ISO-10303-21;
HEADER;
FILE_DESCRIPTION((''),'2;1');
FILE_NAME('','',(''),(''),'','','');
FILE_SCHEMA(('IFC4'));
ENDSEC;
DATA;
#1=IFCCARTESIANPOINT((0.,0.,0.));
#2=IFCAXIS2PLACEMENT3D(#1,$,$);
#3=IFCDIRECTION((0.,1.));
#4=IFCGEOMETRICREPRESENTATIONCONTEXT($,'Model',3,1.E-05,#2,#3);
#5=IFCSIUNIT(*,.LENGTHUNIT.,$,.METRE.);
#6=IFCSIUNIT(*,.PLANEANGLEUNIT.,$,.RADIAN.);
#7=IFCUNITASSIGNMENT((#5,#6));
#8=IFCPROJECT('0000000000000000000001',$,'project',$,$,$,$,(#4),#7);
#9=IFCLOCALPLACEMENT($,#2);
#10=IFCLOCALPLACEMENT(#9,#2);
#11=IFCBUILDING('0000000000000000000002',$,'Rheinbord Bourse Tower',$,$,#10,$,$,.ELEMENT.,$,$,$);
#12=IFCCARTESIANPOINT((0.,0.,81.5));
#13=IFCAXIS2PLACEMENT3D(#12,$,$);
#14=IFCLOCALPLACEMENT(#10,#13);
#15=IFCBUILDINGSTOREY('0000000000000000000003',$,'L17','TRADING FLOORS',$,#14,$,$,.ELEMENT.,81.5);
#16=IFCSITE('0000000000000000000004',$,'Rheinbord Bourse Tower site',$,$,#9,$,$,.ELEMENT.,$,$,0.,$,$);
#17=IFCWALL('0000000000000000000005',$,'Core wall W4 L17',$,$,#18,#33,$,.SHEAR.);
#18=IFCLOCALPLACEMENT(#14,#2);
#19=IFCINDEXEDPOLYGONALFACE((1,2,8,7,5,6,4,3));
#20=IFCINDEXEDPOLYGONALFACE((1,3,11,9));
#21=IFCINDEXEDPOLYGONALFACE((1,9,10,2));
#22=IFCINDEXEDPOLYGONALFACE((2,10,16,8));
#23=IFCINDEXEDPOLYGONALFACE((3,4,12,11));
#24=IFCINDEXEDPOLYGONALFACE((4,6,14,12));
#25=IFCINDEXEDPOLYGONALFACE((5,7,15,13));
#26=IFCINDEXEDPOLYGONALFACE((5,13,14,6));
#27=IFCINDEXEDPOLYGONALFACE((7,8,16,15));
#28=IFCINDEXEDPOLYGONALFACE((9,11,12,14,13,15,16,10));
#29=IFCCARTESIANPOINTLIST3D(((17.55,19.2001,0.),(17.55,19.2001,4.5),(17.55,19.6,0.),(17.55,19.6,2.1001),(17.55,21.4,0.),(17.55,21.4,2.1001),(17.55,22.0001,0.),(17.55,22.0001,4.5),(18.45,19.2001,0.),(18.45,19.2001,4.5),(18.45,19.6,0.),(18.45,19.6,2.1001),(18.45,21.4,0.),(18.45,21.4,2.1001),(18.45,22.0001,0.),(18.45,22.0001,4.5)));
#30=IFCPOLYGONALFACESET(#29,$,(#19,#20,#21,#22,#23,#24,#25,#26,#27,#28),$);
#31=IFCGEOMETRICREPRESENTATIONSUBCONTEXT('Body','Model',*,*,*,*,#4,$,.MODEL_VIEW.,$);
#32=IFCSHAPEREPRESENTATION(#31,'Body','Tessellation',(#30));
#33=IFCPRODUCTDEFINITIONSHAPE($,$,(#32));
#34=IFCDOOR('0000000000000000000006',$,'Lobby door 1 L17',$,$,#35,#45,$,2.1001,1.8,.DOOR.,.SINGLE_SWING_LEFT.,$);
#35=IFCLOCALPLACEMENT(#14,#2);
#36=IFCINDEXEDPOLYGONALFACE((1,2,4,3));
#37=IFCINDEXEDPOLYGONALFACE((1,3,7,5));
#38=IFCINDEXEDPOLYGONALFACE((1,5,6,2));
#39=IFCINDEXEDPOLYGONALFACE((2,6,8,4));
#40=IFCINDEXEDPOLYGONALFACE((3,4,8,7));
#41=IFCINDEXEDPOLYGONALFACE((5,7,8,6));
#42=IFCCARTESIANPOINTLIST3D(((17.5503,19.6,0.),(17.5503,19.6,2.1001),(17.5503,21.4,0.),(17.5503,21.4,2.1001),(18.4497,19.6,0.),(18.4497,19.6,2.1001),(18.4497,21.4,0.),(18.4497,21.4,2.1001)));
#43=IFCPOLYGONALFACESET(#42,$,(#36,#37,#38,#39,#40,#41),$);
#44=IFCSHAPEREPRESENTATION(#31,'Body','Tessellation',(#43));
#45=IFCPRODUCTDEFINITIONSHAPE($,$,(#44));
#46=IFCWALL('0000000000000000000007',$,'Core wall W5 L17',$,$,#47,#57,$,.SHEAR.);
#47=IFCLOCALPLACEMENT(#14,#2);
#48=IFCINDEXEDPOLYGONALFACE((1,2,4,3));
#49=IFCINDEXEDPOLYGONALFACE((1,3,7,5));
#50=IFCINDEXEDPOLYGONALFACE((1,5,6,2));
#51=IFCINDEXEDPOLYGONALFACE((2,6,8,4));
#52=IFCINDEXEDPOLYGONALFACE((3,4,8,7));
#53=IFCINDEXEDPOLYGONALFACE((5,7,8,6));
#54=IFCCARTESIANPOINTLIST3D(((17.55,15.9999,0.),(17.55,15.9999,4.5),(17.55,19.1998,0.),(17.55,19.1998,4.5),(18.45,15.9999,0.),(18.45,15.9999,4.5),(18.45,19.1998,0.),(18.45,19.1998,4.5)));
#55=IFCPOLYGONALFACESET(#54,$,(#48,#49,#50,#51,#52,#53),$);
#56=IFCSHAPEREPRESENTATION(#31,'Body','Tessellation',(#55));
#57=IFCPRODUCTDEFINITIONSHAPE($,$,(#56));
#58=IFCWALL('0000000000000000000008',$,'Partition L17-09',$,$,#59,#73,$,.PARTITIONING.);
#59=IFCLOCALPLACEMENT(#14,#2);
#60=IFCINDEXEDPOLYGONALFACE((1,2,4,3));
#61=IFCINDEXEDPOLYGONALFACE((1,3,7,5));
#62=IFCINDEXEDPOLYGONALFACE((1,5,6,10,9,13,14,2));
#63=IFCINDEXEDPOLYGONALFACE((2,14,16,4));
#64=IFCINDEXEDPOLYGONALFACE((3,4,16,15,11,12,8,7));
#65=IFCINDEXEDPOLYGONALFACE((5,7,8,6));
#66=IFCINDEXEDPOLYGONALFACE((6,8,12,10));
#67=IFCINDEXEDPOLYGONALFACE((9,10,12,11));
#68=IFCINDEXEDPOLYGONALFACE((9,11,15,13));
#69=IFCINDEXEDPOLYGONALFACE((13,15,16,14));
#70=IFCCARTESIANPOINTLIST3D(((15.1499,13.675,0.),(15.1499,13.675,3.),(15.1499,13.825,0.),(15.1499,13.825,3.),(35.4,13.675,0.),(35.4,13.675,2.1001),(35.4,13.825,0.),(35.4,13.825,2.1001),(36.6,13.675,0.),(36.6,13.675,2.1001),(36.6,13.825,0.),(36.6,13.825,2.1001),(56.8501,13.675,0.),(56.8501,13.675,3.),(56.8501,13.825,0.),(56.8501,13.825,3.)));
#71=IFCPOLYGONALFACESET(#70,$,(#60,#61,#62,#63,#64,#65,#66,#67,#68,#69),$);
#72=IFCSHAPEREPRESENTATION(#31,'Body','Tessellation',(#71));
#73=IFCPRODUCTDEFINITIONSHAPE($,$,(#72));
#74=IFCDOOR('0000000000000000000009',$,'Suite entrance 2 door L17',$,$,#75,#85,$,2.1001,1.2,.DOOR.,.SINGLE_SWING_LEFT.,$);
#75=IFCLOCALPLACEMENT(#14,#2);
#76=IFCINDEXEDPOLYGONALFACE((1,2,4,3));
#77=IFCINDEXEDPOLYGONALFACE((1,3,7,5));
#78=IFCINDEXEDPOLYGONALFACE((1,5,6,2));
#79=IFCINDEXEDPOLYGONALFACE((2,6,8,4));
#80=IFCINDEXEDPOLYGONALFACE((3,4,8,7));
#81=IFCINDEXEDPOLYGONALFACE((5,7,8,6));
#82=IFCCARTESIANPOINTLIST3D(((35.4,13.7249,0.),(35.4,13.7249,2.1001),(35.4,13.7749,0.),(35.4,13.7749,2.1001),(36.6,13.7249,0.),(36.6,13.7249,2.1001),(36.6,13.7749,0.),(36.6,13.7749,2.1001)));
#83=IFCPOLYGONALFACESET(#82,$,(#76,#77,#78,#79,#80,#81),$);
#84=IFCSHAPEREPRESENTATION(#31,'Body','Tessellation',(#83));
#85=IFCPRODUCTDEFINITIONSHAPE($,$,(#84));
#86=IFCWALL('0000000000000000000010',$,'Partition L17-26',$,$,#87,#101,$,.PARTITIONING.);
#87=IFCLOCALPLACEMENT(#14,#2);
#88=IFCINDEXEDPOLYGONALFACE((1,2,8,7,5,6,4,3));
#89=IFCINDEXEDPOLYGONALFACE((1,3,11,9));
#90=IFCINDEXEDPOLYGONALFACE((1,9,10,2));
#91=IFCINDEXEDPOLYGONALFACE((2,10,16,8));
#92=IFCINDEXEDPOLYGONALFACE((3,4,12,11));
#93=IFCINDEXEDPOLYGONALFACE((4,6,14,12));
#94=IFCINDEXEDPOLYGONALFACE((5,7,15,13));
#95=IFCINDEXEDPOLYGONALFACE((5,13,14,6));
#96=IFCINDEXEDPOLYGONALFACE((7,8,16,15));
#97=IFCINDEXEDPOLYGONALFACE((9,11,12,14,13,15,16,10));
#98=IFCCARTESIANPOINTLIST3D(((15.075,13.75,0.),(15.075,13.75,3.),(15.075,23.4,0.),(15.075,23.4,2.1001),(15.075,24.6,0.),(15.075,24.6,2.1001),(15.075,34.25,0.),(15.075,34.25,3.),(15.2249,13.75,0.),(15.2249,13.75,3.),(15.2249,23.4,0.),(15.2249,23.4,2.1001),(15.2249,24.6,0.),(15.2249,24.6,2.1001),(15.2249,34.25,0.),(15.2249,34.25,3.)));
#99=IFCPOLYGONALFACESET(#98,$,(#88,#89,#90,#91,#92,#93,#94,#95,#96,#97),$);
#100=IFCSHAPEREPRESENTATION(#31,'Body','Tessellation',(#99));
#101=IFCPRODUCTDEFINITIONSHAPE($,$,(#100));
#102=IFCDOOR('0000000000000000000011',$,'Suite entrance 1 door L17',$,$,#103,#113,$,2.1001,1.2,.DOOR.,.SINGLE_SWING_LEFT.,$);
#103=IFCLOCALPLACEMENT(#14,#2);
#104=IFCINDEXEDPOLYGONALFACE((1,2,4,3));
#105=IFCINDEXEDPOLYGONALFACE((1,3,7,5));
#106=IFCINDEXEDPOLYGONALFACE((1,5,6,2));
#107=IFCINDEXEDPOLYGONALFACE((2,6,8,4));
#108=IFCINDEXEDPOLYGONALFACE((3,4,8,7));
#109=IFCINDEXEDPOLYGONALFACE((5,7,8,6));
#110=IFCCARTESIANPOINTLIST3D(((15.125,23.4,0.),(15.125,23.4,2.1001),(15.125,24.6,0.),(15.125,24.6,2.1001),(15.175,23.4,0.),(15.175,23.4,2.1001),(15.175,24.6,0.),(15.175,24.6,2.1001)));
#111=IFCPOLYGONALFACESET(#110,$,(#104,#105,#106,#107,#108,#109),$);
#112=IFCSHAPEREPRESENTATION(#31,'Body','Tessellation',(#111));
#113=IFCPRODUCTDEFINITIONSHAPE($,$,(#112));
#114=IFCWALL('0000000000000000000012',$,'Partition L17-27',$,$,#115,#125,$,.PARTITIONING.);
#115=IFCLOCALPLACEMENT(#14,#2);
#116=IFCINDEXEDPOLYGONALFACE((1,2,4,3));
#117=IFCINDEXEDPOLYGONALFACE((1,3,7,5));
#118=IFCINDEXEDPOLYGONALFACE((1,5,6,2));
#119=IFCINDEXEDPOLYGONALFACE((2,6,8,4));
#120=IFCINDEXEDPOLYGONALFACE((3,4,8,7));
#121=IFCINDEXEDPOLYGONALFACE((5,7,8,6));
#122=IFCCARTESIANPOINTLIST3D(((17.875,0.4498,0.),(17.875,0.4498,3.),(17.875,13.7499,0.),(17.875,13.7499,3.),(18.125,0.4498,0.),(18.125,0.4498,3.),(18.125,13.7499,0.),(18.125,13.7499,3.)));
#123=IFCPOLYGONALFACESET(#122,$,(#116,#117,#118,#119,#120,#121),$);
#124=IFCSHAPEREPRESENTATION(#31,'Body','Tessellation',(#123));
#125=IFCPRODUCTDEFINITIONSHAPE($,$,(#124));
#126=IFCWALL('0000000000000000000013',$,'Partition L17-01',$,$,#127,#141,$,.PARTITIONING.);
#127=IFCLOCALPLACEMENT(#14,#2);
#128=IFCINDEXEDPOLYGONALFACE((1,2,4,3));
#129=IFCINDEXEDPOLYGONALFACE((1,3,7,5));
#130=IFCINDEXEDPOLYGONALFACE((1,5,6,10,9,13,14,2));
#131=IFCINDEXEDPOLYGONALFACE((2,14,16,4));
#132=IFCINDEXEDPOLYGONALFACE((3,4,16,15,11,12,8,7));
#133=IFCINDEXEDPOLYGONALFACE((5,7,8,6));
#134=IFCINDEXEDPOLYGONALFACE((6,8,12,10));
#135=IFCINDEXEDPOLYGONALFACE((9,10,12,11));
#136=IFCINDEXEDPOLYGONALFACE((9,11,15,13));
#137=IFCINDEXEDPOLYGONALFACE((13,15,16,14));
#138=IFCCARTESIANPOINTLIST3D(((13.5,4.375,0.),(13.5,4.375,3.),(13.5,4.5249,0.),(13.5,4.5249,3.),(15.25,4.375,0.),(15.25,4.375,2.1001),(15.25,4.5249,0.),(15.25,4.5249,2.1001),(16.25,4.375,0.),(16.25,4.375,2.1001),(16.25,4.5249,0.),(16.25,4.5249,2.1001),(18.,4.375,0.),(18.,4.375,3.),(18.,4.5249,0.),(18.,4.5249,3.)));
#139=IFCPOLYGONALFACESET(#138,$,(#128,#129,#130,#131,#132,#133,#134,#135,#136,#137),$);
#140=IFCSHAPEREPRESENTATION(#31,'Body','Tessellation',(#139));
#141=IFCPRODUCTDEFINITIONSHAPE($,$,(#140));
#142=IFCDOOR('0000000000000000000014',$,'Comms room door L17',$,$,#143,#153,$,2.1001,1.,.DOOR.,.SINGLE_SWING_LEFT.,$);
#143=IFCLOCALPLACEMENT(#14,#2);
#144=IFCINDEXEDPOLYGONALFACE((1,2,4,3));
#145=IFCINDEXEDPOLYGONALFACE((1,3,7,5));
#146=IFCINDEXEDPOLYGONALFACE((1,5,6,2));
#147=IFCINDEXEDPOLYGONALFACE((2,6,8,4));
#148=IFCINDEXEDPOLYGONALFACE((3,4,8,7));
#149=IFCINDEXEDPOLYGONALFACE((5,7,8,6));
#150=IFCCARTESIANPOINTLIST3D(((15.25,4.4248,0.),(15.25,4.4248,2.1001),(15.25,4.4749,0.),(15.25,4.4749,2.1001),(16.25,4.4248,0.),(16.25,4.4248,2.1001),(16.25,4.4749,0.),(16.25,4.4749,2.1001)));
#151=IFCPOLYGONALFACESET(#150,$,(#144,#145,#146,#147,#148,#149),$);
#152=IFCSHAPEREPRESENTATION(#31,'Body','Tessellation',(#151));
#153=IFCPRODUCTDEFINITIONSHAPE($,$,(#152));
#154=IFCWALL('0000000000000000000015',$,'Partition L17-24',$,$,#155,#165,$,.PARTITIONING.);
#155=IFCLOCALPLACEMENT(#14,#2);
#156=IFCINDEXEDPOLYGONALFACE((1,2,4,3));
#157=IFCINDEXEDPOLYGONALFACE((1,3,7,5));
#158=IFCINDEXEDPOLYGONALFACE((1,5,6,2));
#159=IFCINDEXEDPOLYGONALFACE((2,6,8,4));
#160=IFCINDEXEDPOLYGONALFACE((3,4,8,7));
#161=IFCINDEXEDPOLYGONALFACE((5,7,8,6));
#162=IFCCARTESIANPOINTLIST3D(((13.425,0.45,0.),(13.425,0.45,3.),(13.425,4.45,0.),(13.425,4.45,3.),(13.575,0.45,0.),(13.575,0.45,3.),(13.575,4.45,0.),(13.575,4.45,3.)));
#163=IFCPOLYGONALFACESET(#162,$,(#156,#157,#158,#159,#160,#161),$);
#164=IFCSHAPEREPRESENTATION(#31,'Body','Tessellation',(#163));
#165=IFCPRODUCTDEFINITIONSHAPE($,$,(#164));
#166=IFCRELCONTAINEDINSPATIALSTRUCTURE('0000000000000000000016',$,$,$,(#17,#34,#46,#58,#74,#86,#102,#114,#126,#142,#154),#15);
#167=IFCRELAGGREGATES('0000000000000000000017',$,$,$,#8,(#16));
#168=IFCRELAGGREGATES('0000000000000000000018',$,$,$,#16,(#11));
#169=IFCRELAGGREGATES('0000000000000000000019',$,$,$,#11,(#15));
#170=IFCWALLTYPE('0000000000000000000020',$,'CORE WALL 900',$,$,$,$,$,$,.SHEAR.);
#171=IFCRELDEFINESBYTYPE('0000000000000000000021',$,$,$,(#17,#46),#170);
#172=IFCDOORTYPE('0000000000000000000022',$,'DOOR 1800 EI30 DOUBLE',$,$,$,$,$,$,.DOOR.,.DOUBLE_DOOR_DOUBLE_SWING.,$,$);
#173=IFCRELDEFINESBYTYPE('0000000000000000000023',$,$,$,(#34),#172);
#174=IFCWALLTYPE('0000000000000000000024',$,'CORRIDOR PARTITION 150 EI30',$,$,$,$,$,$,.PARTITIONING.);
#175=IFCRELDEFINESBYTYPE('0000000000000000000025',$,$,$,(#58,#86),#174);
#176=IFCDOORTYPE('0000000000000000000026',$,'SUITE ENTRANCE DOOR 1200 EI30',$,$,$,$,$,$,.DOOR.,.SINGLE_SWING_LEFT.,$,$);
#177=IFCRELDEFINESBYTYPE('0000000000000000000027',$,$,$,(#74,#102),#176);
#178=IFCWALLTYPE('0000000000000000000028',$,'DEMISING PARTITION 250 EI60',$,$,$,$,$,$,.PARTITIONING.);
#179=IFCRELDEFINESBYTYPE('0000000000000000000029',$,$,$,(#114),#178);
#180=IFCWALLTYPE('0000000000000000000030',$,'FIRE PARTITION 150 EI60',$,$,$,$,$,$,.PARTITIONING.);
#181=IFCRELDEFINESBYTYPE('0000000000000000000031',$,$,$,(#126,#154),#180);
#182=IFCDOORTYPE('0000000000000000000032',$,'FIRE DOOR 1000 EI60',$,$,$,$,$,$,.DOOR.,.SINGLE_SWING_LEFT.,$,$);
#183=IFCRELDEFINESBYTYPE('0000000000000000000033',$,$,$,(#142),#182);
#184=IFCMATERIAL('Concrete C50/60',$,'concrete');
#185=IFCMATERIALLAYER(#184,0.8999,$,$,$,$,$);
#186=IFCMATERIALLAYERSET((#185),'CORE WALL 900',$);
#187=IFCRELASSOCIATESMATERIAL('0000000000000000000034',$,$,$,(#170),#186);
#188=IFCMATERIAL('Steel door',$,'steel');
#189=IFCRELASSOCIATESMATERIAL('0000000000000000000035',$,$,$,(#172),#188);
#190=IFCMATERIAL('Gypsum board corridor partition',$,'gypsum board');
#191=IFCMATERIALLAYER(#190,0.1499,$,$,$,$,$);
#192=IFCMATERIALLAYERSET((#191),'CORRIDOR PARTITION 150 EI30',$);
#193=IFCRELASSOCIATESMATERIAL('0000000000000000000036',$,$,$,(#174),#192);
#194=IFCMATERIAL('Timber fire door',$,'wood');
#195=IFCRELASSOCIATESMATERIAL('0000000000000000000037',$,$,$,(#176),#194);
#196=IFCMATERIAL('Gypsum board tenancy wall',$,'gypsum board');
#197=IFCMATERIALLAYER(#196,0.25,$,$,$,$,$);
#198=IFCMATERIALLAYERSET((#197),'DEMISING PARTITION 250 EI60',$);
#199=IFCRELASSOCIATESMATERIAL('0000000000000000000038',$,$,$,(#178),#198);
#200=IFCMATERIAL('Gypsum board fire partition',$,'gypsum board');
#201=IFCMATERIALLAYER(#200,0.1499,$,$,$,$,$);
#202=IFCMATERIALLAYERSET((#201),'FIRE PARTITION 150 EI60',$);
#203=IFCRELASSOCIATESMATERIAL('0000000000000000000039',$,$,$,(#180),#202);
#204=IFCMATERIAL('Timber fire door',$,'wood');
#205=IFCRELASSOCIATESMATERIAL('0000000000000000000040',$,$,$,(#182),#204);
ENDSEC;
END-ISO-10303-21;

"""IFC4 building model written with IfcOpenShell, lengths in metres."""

from ifc_helpers import new_model, si_unit, direction, frame, frame_2d, origin, place, context, subcontext, project, spatial, rectangle, extrude, material, layer, layer_set, type_object, element, fill, save


model = new_model("IFC4")

# Units and contexts
model_context = context("Model", 3, precision=1e-05, world=origin(), true_north=direction((0.0, 1.0)))
body_context = subcontext(model_context, "Body", "Model", "MODEL_VIEW")
ifc_project = project(units=[si_unit("LENGTHUNIT", "METRE"), si_unit("PLANEANGLEUNIT", "RADIAN")], contexts=[model_context])

# Site, building, storey
site_placement = place(None, origin())
site = spatial("IfcSite", under=ifc_project, at=site_placement, Name="Rheinbord Bourse Tower site", CompositionType="ELEMENT", RefElevation=0.0)
building_placement = place(site_placement, origin())
building = spatial("IfcBuilding", under=site, at=building_placement, Name="Rheinbord Bourse Tower", CompositionType="ELEMENT")
storey_placement = place(building_placement, frame((0.0, 0.0, 81.5)))
storey = spatial("IfcBuildingStorey", under=building, at=storey_placement, Name="L17", Description="TRADING FLOORS", CompositionType="ELEMENT", Elevation=81.5)

# Shared definitions
ifc_material_1 = material(Name="Concrete C50/60", Category="concrete")
ifc_layer_1 = layer(ifc_material_1, 0.8999)
ifc_layer_set_1 = layer_set([ifc_layer_1], Name="CORE WALL 900")
wall_type_1 = type_object("IfcWallType", Name="CORE WALL 900", PredefinedType="SHEAR", material=ifc_layer_set_1)

# Wall, opening, door
wall_1_placement = place(storey_placement, frame((18.0, 22.0, 0.0), z_axis=(0.0, 0.0, 1.0), x_axis=(0.0, -1.0, 0.0)))
wall_1 = element("IfcWall", 1, at=wall_1_placement, inside=storey, type_object=wall_type_1, Name="Core wall W4 L17", PredefinedType="SHEAR", context=body_context, shape_type="SweptSolid", body=[
    extrude(rectangle(XDim=2.8, YDim=0.8999, at=frame_2d((1.3999, 0.0))), origin(), (0.0, 0.0, 1.0), 4.5),
])
opening_1_placement = place(wall_1_placement, frame((0.6001, 0.0, 0.0)))
opening_1 = element("IfcOpeningElement", 2, at=opening_1_placement, cuts=wall_1, PredefinedType="OPENING", context=body_context, shape_type="SweptSolid", body=[
    extrude(rectangle(XDim=1.8, YDim=2.1001, at=frame_2d((0.8999, 1.05))), frame((0.0, 0.46, 0.0), z_axis=(0.0, -1.0, 0.0), x_axis=(1.0, 0.0, 0.0)), (0.0, 0.0, 1.0), 0.9199),
])
ifc_material_2 = material(Name="Steel door", Category="steel")
door_type_1 = type_object("IfcDoorType", Name="DOOR 1800 EI30 DOUBLE", OperationType="DOUBLE_DOOR_DOUBLE_SWING", PredefinedType="DOOR", material=ifc_material_2)
door_1_placement = place(opening_1_placement, origin())
door_1 = element("IfcDoor", 3, at=door_1_placement, inside=storey, type_object=door_type_1, Name="Lobby door 1 L17", OperationType="SINGLE_SWING_LEFT", OverallHeight=2.1001, OverallWidth=1.8, PredefinedType="DOOR", context=body_context, shape_type="SweptSolid", body=[
    extrude(rectangle(XDim=1.8, YDim=2.1001, at=frame_2d((0.8999, 1.05))), frame((0.0, 0.4497, 0.0), z_axis=(0.0, -1.0, 0.0), x_axis=(1.0, 0.0, 0.0)), (0.0, 0.0, 1.0), 0.8994),
])
fill(opening_1, door_1)

# Wall
wall_2_placement = place(storey_placement, frame((18.0, 19.2, 0.0), z_axis=(0.0, 0.0, 1.0), x_axis=(0.0, -1.0, 0.0)))
element("IfcWall", 4, at=wall_2_placement, inside=storey, type_object=wall_type_1, Name="Core wall W5 L17", PredefinedType="SHEAR", context=body_context, shape_type="SweptSolid", body=[
    extrude(rectangle(XDim=3.2, YDim=0.8999, at=frame_2d((1.6001, 0.0))), origin(), (0.0, 0.0, 1.0), 4.5),
])

# Walls, openings, doors
ifc_material_3 = material(Name="Gypsum board corridor partition", Category="gypsum board")
ifc_layer_2 = layer(ifc_material_3, 0.1499)
ifc_layer_set_2 = layer_set([ifc_layer_2], Name="CORRIDOR PARTITION 150 EI30")
wall_type_2 = type_object("IfcWallType", Name="CORRIDOR PARTITION 150 EI30", PredefinedType="PARTITIONING", material=ifc_layer_set_2)
wall_3_placement = place(storey_placement, frame((15.1499, 13.75, 0.0), z_axis=(0.0, 0.0, 1.0), x_axis=(1.0, 0.0, 0.0)))
wall_3 = element("IfcWall", 5, at=wall_3_placement, inside=storey, type_object=wall_type_2, Name="Partition L17-09", PredefinedType="PARTITIONING", context=body_context, shape_type="SweptSolid", body=[
    extrude(rectangle(XDim=41.7002, YDim=0.1499, at=frame_2d((20.8501, 0.0))), origin(), (0.0, 0.0, 1.0), 3.0),
])
opening_2_placement = place(wall_3_placement, frame((20.25, 0.0, 0.0)))
opening_2 = element("IfcOpeningElement", 6, at=opening_2_placement, cuts=wall_3, PredefinedType="OPENING", context=body_context, shape_type="SweptSolid", body=[
    extrude(rectangle(XDim=1.2, YDim=2.1001, at=frame_2d((0.6001, 1.05))), frame((0.0, 0.085, 0.0), z_axis=(0.0, -1.0, 0.0), x_axis=(1.0, 0.0, 0.0)), (0.0, 0.0, 1.0), 0.1699),
])
ifc_material_4 = material(Name="Timber fire door", Category="wood")
door_type_2 = type_object("IfcDoorType", Name="SUITE ENTRANCE DOOR 1200 EI30", OperationType="SINGLE_SWING_LEFT", PredefinedType="DOOR", material=ifc_material_4)
door_2_placement = place(opening_2_placement, origin())
door_2 = element("IfcDoor", 7, at=door_2_placement, inside=storey, type_object=door_type_2, Name="Suite entrance 2 door L17", OperationType="SINGLE_SWING_LEFT", OverallHeight=2.1001, OverallWidth=1.2, PredefinedType="DOOR", context=body_context, shape_type="SweptSolid", body=[
    extrude(rectangle(XDim=1.2, YDim=2.1001, at=frame_2d((0.6001, 1.05))), frame((0.0, 0.0249, 0.0), z_axis=(0.0, -1.0, 0.0), x_axis=(1.0, 0.0, 0.0)), (0.0, 0.0, 1.0), 0.05),
])
fill(opening_2, door_2)
wall_4_placement = place(storey_placement, frame((15.1499, 13.75, 0.0), z_axis=(0.0, 0.0, 1.0), x_axis=(0.0, 1.0, 0.0)))
wall_4 = element("IfcWall", 8, at=wall_4_placement, inside=storey, type_object=wall_type_2, Name="Partition L17-26", PredefinedType="PARTITIONING", context=body_context, shape_type="SweptSolid", body=[
    extrude(rectangle(XDim=20.5, YDim=0.1499, at=frame_2d((10.25, 0.0))), origin(), (0.0, 0.0, 1.0), 3.0),
])
opening_3_placement = place(wall_4_placement, frame((9.6499, 0.0, 0.0)))
opening_3 = element("IfcOpeningElement", 9, at=opening_3_placement, cuts=wall_4, PredefinedType="OPENING", context=body_context, shape_type="SweptSolid", body=[
    extrude(rectangle(XDim=1.2, YDim=2.1001, at=frame_2d((0.6001, 1.05))), frame((0.0, 0.085, 0.0), z_axis=(0.0, -1.0, 0.0), x_axis=(1.0, 0.0, 0.0)), (0.0, 0.0, 1.0), 0.1699),
])
door_3_placement = place(opening_3_placement, origin())
door_3 = element("IfcDoor", 10, at=door_3_placement, inside=storey, type_object=door_type_2, Name="Suite entrance 1 door L17", OperationType="SINGLE_SWING_LEFT", OverallHeight=2.1001, OverallWidth=1.2, PredefinedType="DOOR", context=body_context, shape_type="SweptSolid", body=[
    extrude(rectangle(XDim=1.2, YDim=2.1001, at=frame_2d((0.6001, 1.05))), frame((0.0, 0.0249, 0.0), z_axis=(0.0, -1.0, 0.0), x_axis=(1.0, 0.0, 0.0)), (0.0, 0.0, 1.0), 0.05),
])
fill(opening_3, door_3)

# Wall
ifc_material_5 = material(Name="Gypsum board tenancy wall", Category="gypsum board")
ifc_layer_3 = layer(ifc_material_5, 0.25)
ifc_layer_set_3 = layer_set([ifc_layer_3], Name="DEMISING PARTITION 250 EI60")
wall_type_3 = type_object("IfcWallType", Name="DEMISING PARTITION 250 EI60", PredefinedType="PARTITIONING", material=ifc_layer_set_3)
wall_5_placement = place(storey_placement, frame((18.0, 0.45, 0.0), z_axis=(0.0, 0.0, 1.0), x_axis=(0.0, 1.0, 0.0)))
element("IfcWall", 11, at=wall_5_placement, inside=storey, type_object=wall_type_3, Name="Partition L17-27", PredefinedType="PARTITIONING", context=body_context, shape_type="SweptSolid", body=[
    extrude(rectangle(XDim=13.3, YDim=0.25, at=frame_2d((6.6499, 0.0))), origin(), (0.0, 0.0, 1.0), 3.0),
])

# Wall, opening, door
ifc_material_6 = material(Name="Gypsum board fire partition", Category="gypsum board")
ifc_layer_4 = layer(ifc_material_6, 0.1499)
ifc_layer_set_4 = layer_set([ifc_layer_4], Name="FIRE PARTITION 150 EI60")
wall_type_4 = type_object("IfcWallType", Name="FIRE PARTITION 150 EI60", PredefinedType="PARTITIONING", material=ifc_layer_set_4)
wall_6_placement = place(storey_placement, frame((13.5, 4.45, 0.0), z_axis=(0.0, 0.0, 1.0), x_axis=(1.0, 0.0, 0.0)))
wall_6 = element("IfcWall", 12, at=wall_6_placement, inside=storey, type_object=wall_type_4, Name="Partition L17-01", PredefinedType="PARTITIONING", context=body_context, shape_type="SweptSolid", body=[
    extrude(rectangle(XDim=4.5, YDim=0.1499, at=frame_2d((2.25, 0.0))), origin(), (0.0, 0.0, 1.0), 3.0),
])
opening_4_placement = place(wall_6_placement, frame((1.75, 0.0, 0.0)))
opening_4 = element("IfcOpeningElement", 13, at=opening_4_placement, cuts=wall_6, PredefinedType="OPENING", context=body_context, shape_type="SweptSolid", body=[
    extrude(rectangle(XDim=1.0, YDim=2.1001, at=frame_2d((0.5, 1.05))), frame((0.0, 0.085, 0.0), z_axis=(0.0, -1.0, 0.0), x_axis=(1.0, 0.0, 0.0)), (0.0, 0.0, 1.0), 0.1699),
])
ifc_material_7 = material(Name="Timber fire door", Category="wood")
door_type_3 = type_object("IfcDoorType", Name="FIRE DOOR 1000 EI60", OperationType="SINGLE_SWING_LEFT", PredefinedType="DOOR", material=ifc_material_7)
door_4_placement = place(opening_4_placement, origin())
door_4 = element("IfcDoor", 14, at=door_4_placement, inside=storey, type_object=door_type_3, Name="Comms room door L17", OperationType="SINGLE_SWING_LEFT", OverallHeight=2.1001, OverallWidth=1.0, PredefinedType="DOOR", context=body_context, shape_type="SweptSolid", body=[
    extrude(rectangle(XDim=1.0, YDim=2.1001, at=frame_2d((0.5, 1.05))), frame((0.0, 0.0249, 0.0), z_axis=(0.0, -1.0, 0.0), x_axis=(1.0, 0.0, 0.0)), (0.0, 0.0, 1.0), 0.05),
])
fill(opening_4, door_4)

# Wall
wall_7_placement = place(storey_placement, frame((13.5, 0.45, 0.0), z_axis=(0.0, 0.0, 1.0), x_axis=(0.0, 1.0, 0.0)))
element("IfcWall", 15, at=wall_7_placement, inside=storey, type_object=wall_type_4, Name="Partition L17-24", PredefinedType="PARTITIONING", context=body_context, shape_type="SweptSolid", body=[
    extrude(rectangle(XDim=4.0, YDim=0.1499, at=frame_2d((2.0, 0.0))), origin(), (0.0, 0.0, 1.0), 3.0),
])

save(model, "model.ifc")
